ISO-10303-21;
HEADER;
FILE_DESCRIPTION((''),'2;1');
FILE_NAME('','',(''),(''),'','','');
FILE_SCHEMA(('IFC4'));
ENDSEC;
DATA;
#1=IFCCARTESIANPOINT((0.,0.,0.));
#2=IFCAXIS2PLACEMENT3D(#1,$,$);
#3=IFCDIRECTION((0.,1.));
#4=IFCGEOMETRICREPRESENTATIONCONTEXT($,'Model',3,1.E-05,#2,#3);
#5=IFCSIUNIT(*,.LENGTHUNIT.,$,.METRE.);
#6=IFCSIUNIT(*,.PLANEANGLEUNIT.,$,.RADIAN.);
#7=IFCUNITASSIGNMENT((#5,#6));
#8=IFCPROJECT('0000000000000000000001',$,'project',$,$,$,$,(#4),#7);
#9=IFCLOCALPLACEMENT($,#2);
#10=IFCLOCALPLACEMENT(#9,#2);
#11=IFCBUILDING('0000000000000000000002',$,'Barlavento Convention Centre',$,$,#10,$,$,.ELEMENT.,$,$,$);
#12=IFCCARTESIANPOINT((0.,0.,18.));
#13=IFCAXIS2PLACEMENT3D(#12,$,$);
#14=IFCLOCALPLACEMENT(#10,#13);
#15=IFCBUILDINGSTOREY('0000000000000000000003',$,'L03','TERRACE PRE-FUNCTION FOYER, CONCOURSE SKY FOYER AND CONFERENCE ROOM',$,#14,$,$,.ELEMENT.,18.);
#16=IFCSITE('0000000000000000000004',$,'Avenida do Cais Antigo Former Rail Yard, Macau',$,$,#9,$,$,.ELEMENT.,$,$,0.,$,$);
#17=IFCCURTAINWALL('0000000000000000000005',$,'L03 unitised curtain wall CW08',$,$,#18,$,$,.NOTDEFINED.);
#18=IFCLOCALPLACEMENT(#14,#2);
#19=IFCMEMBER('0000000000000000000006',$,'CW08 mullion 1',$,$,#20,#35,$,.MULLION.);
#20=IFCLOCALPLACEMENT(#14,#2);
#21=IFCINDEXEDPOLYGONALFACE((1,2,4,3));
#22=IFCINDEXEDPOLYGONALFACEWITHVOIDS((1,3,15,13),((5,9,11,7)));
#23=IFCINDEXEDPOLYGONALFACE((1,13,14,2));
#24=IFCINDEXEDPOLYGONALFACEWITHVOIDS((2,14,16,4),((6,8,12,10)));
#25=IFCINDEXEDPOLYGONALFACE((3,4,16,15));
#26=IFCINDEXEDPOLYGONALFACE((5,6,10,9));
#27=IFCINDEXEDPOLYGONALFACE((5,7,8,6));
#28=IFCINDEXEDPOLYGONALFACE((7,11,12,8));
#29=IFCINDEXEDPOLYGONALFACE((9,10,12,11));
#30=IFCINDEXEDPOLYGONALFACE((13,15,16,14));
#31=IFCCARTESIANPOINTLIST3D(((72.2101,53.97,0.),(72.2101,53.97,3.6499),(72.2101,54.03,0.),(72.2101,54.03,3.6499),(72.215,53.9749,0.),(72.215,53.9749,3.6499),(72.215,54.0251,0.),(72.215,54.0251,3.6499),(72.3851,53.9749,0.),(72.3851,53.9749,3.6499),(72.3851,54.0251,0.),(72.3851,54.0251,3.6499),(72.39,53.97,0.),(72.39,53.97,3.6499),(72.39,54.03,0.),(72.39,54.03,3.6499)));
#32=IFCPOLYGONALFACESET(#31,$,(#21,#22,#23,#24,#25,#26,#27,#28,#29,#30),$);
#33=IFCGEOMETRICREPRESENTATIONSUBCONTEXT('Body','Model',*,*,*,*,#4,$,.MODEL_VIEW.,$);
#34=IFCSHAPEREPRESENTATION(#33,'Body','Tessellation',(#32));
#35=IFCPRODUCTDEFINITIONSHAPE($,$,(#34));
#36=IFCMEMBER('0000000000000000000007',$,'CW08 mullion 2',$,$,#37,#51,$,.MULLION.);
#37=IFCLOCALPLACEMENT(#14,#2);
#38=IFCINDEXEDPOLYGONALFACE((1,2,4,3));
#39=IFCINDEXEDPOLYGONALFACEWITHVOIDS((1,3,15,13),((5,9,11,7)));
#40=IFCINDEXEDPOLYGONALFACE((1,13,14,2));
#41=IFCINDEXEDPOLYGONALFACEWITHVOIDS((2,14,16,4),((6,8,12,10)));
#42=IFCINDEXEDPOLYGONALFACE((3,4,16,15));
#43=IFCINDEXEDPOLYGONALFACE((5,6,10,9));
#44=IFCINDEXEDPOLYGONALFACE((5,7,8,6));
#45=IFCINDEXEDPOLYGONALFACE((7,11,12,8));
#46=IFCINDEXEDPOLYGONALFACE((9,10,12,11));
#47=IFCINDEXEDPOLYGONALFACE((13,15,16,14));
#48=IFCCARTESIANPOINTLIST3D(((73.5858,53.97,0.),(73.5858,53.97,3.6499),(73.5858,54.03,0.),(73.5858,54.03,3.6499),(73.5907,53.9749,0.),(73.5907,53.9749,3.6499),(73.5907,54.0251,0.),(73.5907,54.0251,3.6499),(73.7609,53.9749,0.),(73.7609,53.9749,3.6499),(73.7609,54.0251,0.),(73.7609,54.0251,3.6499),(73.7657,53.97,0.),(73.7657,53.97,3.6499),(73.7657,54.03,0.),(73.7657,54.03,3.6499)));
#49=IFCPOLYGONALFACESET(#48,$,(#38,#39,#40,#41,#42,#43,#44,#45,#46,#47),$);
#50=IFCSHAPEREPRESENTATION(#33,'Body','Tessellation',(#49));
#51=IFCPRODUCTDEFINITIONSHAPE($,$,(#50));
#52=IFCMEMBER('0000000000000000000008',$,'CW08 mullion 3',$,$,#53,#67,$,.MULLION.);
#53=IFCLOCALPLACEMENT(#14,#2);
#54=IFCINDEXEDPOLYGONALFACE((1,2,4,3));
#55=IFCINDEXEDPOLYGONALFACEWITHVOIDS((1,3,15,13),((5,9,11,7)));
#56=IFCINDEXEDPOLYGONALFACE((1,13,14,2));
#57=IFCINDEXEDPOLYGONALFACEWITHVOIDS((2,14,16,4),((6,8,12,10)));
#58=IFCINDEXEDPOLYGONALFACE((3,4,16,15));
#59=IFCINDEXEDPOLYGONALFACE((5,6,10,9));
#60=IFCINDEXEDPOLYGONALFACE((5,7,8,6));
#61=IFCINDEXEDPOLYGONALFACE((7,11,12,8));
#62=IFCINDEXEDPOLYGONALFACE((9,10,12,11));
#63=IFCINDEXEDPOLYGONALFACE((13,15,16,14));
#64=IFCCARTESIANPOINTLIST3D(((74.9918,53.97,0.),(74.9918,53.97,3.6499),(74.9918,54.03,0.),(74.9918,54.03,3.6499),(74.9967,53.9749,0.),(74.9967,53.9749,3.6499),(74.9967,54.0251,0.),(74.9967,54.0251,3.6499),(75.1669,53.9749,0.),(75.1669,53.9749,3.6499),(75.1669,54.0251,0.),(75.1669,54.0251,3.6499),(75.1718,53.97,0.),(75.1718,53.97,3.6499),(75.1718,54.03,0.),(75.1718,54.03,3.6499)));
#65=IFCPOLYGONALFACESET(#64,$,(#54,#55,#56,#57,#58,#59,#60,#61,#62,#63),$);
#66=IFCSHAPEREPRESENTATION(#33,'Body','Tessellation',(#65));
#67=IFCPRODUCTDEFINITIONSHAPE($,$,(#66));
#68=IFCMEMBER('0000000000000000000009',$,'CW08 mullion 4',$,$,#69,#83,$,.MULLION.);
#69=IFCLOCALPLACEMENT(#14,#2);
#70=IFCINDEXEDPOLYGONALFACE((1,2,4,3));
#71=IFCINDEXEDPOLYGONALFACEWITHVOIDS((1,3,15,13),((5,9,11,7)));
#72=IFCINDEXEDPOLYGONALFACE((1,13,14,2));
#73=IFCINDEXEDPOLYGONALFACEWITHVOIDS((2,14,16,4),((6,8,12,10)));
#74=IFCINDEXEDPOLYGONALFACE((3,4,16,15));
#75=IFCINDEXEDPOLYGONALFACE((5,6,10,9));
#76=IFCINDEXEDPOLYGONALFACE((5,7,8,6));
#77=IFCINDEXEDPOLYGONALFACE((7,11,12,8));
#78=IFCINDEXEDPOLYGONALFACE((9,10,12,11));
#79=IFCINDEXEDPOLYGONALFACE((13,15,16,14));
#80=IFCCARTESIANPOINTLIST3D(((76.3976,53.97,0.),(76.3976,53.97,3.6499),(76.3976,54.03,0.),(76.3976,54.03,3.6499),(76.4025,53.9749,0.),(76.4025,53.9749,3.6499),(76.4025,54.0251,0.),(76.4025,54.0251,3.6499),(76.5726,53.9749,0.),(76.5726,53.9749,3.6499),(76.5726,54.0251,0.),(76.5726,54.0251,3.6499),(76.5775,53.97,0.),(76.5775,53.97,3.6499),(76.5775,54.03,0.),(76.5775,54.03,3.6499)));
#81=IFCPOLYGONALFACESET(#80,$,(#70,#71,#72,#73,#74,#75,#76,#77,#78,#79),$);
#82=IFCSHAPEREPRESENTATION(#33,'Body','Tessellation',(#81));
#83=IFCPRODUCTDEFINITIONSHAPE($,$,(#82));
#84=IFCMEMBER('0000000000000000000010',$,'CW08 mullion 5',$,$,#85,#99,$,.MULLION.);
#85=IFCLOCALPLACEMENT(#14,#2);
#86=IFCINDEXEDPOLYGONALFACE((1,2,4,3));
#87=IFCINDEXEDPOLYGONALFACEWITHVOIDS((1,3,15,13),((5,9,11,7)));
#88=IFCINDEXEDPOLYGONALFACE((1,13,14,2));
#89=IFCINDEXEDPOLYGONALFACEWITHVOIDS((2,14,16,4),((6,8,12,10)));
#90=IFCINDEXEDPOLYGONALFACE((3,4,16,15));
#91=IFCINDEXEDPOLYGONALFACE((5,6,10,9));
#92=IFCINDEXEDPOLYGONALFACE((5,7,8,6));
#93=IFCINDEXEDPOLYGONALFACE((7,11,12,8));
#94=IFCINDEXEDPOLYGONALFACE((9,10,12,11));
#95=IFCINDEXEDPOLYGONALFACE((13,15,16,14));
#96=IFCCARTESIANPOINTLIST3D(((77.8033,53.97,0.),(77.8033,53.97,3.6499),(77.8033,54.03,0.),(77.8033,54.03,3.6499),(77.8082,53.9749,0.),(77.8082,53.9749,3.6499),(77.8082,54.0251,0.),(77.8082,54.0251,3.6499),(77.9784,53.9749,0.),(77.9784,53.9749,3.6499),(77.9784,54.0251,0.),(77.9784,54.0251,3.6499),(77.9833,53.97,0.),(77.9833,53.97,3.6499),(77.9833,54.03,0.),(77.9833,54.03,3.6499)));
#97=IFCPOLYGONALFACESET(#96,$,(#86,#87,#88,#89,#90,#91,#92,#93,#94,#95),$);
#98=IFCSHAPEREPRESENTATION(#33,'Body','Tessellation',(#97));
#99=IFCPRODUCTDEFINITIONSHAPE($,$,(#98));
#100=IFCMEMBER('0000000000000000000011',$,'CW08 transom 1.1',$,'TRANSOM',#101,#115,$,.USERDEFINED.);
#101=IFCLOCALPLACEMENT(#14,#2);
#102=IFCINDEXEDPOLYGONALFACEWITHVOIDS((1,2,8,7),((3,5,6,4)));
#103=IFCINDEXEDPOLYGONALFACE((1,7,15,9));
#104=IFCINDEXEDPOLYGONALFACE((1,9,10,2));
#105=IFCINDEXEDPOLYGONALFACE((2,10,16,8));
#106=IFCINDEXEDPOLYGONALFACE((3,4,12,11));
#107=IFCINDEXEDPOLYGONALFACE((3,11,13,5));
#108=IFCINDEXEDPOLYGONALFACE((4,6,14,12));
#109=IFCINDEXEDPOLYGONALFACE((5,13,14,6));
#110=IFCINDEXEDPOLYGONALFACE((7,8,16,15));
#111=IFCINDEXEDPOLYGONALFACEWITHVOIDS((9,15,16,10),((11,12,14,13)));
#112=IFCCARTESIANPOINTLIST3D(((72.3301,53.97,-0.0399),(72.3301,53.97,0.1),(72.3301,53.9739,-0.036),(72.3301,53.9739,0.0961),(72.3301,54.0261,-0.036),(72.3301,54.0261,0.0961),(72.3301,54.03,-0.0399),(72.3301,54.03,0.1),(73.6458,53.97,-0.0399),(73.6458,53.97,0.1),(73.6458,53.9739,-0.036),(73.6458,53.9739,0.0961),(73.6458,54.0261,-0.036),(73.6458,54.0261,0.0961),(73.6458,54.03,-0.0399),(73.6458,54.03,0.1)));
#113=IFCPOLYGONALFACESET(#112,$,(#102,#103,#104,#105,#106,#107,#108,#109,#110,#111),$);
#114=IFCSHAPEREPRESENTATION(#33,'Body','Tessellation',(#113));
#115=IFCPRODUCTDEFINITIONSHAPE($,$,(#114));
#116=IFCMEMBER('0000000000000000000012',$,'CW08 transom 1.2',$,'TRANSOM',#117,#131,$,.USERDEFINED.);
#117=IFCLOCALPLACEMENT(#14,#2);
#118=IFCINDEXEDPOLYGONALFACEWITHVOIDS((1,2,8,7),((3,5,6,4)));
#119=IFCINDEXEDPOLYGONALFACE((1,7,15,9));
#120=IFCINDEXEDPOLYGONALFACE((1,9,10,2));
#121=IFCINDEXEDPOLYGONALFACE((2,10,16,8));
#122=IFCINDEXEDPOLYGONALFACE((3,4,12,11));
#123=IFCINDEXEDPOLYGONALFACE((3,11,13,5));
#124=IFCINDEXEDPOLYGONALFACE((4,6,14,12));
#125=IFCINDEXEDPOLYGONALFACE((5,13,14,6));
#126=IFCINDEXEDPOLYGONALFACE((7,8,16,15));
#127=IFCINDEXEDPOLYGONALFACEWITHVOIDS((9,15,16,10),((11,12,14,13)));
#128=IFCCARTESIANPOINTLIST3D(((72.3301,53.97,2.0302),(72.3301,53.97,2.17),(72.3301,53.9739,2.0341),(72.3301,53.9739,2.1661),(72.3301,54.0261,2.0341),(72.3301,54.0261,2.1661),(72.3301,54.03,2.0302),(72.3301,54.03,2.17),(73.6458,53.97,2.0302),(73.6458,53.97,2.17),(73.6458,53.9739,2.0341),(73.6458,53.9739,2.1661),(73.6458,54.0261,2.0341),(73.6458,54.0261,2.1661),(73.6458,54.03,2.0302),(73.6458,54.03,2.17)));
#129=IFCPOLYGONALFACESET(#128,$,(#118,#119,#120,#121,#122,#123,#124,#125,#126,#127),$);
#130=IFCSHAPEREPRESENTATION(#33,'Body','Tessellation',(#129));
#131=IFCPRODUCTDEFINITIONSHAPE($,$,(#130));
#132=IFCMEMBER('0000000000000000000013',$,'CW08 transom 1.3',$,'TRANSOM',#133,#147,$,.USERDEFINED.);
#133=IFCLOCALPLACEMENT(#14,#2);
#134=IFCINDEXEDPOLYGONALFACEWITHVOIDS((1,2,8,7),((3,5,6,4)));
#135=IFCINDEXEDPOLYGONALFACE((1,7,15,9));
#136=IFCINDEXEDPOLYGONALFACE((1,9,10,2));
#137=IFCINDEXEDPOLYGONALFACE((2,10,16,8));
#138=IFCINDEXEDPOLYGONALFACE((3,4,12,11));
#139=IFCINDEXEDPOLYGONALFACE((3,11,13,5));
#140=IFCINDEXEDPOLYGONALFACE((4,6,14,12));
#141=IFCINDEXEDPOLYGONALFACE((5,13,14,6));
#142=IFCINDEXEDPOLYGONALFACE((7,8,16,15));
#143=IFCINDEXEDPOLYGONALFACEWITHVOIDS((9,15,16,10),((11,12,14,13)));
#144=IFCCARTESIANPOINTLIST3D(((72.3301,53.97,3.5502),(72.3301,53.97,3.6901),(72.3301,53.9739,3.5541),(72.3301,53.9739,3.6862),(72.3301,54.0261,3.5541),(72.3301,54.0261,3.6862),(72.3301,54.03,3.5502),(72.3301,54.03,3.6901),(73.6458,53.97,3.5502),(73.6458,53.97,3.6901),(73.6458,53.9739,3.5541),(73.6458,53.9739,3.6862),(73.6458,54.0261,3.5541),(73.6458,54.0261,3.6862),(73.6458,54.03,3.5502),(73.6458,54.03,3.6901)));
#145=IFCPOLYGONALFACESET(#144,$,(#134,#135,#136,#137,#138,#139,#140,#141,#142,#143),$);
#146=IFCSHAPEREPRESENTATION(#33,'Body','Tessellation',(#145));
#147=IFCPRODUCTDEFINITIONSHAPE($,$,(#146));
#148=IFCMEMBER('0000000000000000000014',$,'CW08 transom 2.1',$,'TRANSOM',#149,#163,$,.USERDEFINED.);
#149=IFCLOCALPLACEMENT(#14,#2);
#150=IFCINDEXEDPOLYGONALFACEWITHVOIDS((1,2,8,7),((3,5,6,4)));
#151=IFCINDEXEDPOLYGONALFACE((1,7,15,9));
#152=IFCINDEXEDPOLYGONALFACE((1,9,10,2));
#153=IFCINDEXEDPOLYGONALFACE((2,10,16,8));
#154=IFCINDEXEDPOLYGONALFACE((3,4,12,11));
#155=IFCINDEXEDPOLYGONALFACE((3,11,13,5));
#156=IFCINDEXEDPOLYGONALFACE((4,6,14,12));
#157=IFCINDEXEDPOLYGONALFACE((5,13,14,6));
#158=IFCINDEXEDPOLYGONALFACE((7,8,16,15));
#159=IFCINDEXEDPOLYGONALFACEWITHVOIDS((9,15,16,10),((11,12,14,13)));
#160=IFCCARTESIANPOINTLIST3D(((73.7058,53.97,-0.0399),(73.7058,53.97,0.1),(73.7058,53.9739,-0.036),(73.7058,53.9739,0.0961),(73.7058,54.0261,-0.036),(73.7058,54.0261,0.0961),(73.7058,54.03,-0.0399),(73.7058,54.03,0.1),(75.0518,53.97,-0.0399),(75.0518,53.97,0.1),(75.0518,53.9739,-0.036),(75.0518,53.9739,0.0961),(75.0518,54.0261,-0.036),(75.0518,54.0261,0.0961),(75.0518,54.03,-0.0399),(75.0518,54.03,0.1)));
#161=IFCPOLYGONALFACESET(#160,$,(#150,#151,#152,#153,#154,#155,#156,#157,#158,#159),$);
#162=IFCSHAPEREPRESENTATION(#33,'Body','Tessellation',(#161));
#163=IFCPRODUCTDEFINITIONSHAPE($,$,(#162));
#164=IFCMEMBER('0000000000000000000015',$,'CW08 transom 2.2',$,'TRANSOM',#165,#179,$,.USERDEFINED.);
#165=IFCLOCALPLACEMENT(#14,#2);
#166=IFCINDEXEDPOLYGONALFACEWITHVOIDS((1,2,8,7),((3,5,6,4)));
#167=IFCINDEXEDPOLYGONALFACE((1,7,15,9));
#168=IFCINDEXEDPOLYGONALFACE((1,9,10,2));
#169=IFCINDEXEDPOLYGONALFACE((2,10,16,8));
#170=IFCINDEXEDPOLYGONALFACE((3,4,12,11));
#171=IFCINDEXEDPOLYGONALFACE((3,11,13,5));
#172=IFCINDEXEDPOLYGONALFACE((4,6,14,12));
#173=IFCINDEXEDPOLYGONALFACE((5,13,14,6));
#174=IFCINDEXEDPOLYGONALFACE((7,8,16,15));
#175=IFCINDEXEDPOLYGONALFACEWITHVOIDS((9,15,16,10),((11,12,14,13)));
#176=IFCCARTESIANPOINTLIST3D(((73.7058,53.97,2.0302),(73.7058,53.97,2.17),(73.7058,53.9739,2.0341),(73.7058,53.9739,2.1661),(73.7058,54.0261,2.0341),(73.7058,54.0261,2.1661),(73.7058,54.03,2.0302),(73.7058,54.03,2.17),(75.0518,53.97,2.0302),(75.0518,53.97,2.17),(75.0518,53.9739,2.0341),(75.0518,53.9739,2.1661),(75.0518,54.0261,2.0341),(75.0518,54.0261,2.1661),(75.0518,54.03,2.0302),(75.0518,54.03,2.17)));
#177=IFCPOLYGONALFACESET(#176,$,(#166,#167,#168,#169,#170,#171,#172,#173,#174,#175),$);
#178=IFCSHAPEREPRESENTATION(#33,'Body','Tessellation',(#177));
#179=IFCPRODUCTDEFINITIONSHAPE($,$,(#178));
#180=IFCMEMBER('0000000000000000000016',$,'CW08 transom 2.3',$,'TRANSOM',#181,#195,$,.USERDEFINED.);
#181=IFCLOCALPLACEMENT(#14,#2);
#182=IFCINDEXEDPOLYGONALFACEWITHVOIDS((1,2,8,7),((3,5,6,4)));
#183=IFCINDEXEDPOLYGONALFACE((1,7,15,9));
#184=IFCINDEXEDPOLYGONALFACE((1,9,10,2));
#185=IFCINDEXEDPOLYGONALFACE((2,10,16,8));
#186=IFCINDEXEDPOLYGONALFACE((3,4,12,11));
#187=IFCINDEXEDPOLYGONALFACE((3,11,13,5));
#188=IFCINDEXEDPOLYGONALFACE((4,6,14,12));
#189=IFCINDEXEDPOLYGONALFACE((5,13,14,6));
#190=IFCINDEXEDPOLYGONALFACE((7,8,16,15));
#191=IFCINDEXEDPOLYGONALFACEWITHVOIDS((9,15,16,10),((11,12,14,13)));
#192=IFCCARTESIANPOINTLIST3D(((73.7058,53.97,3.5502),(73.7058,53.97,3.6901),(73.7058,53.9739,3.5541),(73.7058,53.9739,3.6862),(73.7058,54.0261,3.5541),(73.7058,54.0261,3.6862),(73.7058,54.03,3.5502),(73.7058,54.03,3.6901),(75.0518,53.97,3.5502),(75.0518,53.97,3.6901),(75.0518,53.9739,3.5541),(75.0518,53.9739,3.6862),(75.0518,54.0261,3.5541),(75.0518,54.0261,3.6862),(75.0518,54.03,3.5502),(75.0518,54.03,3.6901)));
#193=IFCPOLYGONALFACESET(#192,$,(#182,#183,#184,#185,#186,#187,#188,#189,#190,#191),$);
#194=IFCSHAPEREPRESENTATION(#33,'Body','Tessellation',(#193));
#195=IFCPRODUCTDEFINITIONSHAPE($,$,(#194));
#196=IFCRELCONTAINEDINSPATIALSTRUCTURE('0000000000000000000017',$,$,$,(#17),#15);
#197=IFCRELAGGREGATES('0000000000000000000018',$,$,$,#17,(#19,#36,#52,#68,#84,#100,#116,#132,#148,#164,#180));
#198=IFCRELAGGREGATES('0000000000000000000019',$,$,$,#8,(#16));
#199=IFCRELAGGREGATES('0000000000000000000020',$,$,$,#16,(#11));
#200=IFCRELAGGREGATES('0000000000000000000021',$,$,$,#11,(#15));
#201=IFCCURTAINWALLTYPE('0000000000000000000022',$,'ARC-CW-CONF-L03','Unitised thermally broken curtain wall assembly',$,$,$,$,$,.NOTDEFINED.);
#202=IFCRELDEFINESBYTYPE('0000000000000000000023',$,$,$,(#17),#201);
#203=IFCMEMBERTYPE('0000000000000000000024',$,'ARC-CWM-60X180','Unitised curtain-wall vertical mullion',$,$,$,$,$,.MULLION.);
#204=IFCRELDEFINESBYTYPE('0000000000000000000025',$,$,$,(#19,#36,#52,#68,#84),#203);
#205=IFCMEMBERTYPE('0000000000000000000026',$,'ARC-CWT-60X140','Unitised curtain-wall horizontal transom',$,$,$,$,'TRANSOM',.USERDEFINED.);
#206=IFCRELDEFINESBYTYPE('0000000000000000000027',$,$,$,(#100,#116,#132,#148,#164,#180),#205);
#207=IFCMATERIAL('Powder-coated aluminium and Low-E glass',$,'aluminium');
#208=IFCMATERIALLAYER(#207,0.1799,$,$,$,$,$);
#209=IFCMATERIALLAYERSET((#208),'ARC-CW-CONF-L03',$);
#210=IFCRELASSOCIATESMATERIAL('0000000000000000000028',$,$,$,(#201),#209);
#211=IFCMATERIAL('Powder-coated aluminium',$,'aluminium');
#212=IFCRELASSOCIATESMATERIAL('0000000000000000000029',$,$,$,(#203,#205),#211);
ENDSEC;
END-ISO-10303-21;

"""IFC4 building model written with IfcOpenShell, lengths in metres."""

from ifc_helpers import new_model, si_unit, direction, frame, origin, origin_2d, place, context, subcontext, project, spatial, hollow_rectangle, extrude, material, layer, layer_set, material_profile, profile_set, type_object, element, aggregate, save


model = new_model("IFC4")

# Units and contexts
model_context = context("Model", 3, precision=1e-05, world=origin(), true_north=direction((0.0, 1.0)))
body_context = subcontext(model_context, "Body", "Model", "MODEL_VIEW")
ifc_project = project(units=[si_unit("LENGTHUNIT", "METRE"), si_unit("PLANEANGLEUNIT", "RADIAN")], contexts=[model_context])

# Site, building, storey
site_placement = place(None, origin())
site = spatial("IfcSite", under=ifc_project, at=site_placement, Name="Avenida do Cais Antigo Former Rail Yard, Macau", CompositionType="ELEMENT", RefElevation=0.0)
building_placement = place(site_placement, origin())
building = spatial("IfcBuilding", under=site, at=building_placement, Name="Barlavento Convention Centre", CompositionType="ELEMENT")
storey_placement = place(building_placement, frame((0.0, 0.0, 18.0)))
storey = spatial("IfcBuildingStorey", under=building, at=storey_placement, Name="L03", Description="TERRACE PRE-FUNCTION FOYER, CONCOURSE SKY FOYER AND CONFERENCE ROOM", CompositionType="ELEMENT", Elevation=18.0)

# Curtain wall, members
ifc_material_1 = material(Name="Powder-coated aluminium and Low-E glass", Category="aluminium")
ifc_layer_1 = layer(ifc_material_1, 0.1799)
ifc_layer_set_1 = layer_set([ifc_layer_1], Name="ARC-CW-CONF-L03")
curtain_wall_type = type_object("IfcCurtainWallType", Name="ARC-CW-CONF-L03", Description="Unitised thermally broken curtain wall assembly", PredefinedType="NOTDEFINED", material=ifc_layer_set_1)
curtain_wall_placement = place(storey_placement, origin())
curtain_wall = element("IfcCurtainWall", 1, at=curtain_wall_placement, inside=storey, type_object=curtain_wall_type, Name="L03 unitised curtain wall CW08", PredefinedType="NOTDEFINED")
ifc_material_2 = material(Name="Powder-coated aluminium", Category="aluminium")
ifc_material_profile_1 = material_profile(ifc_material_2, hollow_rectangle(XDim=0.0601, YDim=0.1799, WallThickness=0.0049, at=origin_2d()), Name="AL-MULL 60x180x5")
ifc_profile_set_1 = profile_set([ifc_material_profile_1], Name="Powder-coated aluminium")
member_type_1 = type_object("IfcMemberType", Name="ARC-CWM-60X180", Description="Unitised curtain-wall vertical mullion", PredefinedType="MULLION", material=ifc_profile_set_1)
member_1_placement = place(storey_placement, frame((72.3, 54.0, 0.0), z_axis=(0.0, 0.0, 1.0), x_axis=(0.0, 1.0, 0.0)))
member_1 = element("IfcMember", 2, at=member_1_placement, type_object=member_type_1, Name="CW08 mullion 1", PredefinedType="MULLION", context=body_context, shape_type="SweptSolid", body=[
    extrude(hollow_rectangle(XDim=0.0601, YDim=0.1799, WallThickness=0.0049, at=origin_2d()), origin(), (0.0, 0.0, 1.0), 3.6499),
])
member_2_placement = place(storey_placement, frame((73.6758, 54.0, 0.0), z_axis=(0.0, 0.0, 1.0), x_axis=(0.0, 1.0, 0.0)))
member_2 = element("IfcMember", 3, at=member_2_placement, type_object=member_type_1, Name="CW08 mullion 2", PredefinedType="MULLION", context=body_context, shape_type="SweptSolid", body=[
    extrude(hollow_rectangle(XDim=0.0601, YDim=0.1799, WallThickness=0.0049, at=origin_2d()), origin(), (0.0, 0.0, 1.0), 3.6499),
])
member_3_placement = place(storey_placement, frame((75.0818, 54.0, 0.0), z_axis=(0.0, 0.0, 1.0), x_axis=(0.0, 1.0, 0.0)))
member_3 = element("IfcMember", 4, at=member_3_placement, type_object=member_type_1, Name="CW08 mullion 3", PredefinedType="MULLION", context=body_context, shape_type="SweptSolid", body=[
    extrude(hollow_rectangle(XDim=0.0601, YDim=0.1799, WallThickness=0.0049, at=origin_2d()), origin(), (0.0, 0.0, 1.0), 3.6499),
])
member_4_placement = place(storey_placement, frame((76.4875, 54.0, 0.0), z_axis=(0.0, 0.0, 1.0), x_axis=(0.0, 1.0, 0.0)))
member_4 = element("IfcMember", 5, at=member_4_placement, type_object=member_type_1, Name="CW08 mullion 4", PredefinedType="MULLION", context=body_context, shape_type="SweptSolid", body=[
    extrude(hollow_rectangle(XDim=0.0601, YDim=0.1799, WallThickness=0.0049, at=origin_2d()), origin(), (0.0, 0.0, 1.0), 3.6499),
])
member_5_placement = place(storey_placement, frame((77.8933, 54.0, 0.0), z_axis=(0.0, 0.0, 1.0), x_axis=(0.0, 1.0, 0.0)))
member_5 = element("IfcMember", 6, at=member_5_placement, type_object=member_type_1, Name="CW08 mullion 5", PredefinedType="MULLION", context=body_context, shape_type="SweptSolid", body=[
    extrude(hollow_rectangle(XDim=0.0601, YDim=0.1799, WallThickness=0.0049, at=origin_2d()), origin(), (0.0, 0.0, 1.0), 3.6499),
])
ifc_material_profile_2 = material_profile(ifc_material_2, hollow_rectangle(XDim=0.0601, YDim=0.1399, WallThickness=0.0039, at=origin_2d()), Name="AL-TRAN 60x140x4")
ifc_profile_set_2 = profile_set([ifc_material_profile_2], Name="Powder-coated aluminium")
member_type_2 = type_object("IfcMemberType", Name="ARC-CWT-60X140", Description="Unitised curtain-wall horizontal transom", ElementType="TRANSOM", PredefinedType="USERDEFINED", material=ifc_profile_set_2)
member_6_placement = place(storey_placement, frame((72.3301, 54.0, 0.03), z_axis=(1.0, 0.0, 0.0), x_axis=(0.0, 1.0, 0.0)))
member_6 = element("IfcMember", 7, at=member_6_placement, type_object=member_type_2, Name="CW08 transom 1.1", ObjectType="TRANSOM", PredefinedType="USERDEFINED", context=body_context, shape_type="SweptSolid", body=[
    extrude(hollow_rectangle(XDim=0.0601, YDim=0.1399, WallThickness=0.0039, at=origin_2d()), origin(), (0.0, 0.0, 1.0), 1.3157),
])
member_7_placement = place(storey_placement, frame((72.3301, 54.0, 2.1001), z_axis=(1.0, 0.0, 0.0), x_axis=(0.0, 1.0, 0.0)))
member_7 = element("IfcMember", 8, at=member_7_placement, type_object=member_type_2, Name="CW08 transom 1.2", ObjectType="TRANSOM", PredefinedType="USERDEFINED", context=body_context, shape_type="SweptSolid", body=[
    extrude(hollow_rectangle(XDim=0.0601, YDim=0.1399, WallThickness=0.0039, at=origin_2d()), origin(), (0.0, 0.0, 1.0), 1.3157),
])
member_8_placement = place(storey_placement, frame((72.3301, 54.0, 3.6201), z_axis=(1.0, 0.0, 0.0), x_axis=(0.0, 1.0, 0.0)))
member_8 = element("IfcMember", 9, at=member_8_placement, type_object=member_type_2, Name="CW08 transom 1.3", ObjectType="TRANSOM", PredefinedType="USERDEFINED", context=body_context, shape_type="SweptSolid", body=[
    extrude(hollow_rectangle(XDim=0.0601, YDim=0.1399, WallThickness=0.0039, at=origin_2d()), origin(), (0.0, 0.0, 1.0), 1.3157),
])
member_9_placement = place(storey_placement, frame((73.7058, 54.0, 0.03), z_axis=(1.0, 0.0, 0.0), x_axis=(0.0, 1.0, 0.0)))
member_9 = element("IfcMember", 10, at=member_9_placement, type_object=member_type_2, Name="CW08 transom 2.1", ObjectType="TRANSOM", PredefinedType="USERDEFINED", context=body_context, shape_type="SweptSolid", body=[
    extrude(hollow_rectangle(XDim=0.0601, YDim=0.1399, WallThickness=0.0039, at=origin_2d()), origin(), (0.0, 0.0, 1.0), 1.3459),
])
member_10_placement = place(storey_placement, frame((73.7058, 54.0, 2.1001), z_axis=(1.0, 0.0, 0.0), x_axis=(0.0, 1.0, 0.0)))
member_10 = element("IfcMember", 11, at=member_10_placement, type_object=member_type_2, Name="CW08 transom 2.2", ObjectType="TRANSOM", PredefinedType="USERDEFINED", context=body_context, shape_type="SweptSolid", body=[
    extrude(hollow_rectangle(XDim=0.0601, YDim=0.1399, WallThickness=0.0039, at=origin_2d()), origin(), (0.0, 0.0, 1.0), 1.3459),
])
member_11_placement = place(storey_placement, frame((73.7058, 54.0, 3.6201), z_axis=(1.0, 0.0, 0.0), x_axis=(0.0, 1.0, 0.0)))
member_11 = element("IfcMember", 12, at=member_11_placement, type_object=member_type_2, Name="CW08 transom 2.3", ObjectType="TRANSOM", PredefinedType="USERDEFINED", context=body_context, shape_type="SweptSolid", body=[
    extrude(hollow_rectangle(XDim=0.0601, YDim=0.1399, WallThickness=0.0039, at=origin_2d()), origin(), (0.0, 0.0, 1.0), 1.3459),
])

aggregate(curtain_wall, [member_1, member_2, member_3, member_4, member_5, member_6, member_7, member_8, member_9, member_10, member_11])

save(model, "model.ifc")
